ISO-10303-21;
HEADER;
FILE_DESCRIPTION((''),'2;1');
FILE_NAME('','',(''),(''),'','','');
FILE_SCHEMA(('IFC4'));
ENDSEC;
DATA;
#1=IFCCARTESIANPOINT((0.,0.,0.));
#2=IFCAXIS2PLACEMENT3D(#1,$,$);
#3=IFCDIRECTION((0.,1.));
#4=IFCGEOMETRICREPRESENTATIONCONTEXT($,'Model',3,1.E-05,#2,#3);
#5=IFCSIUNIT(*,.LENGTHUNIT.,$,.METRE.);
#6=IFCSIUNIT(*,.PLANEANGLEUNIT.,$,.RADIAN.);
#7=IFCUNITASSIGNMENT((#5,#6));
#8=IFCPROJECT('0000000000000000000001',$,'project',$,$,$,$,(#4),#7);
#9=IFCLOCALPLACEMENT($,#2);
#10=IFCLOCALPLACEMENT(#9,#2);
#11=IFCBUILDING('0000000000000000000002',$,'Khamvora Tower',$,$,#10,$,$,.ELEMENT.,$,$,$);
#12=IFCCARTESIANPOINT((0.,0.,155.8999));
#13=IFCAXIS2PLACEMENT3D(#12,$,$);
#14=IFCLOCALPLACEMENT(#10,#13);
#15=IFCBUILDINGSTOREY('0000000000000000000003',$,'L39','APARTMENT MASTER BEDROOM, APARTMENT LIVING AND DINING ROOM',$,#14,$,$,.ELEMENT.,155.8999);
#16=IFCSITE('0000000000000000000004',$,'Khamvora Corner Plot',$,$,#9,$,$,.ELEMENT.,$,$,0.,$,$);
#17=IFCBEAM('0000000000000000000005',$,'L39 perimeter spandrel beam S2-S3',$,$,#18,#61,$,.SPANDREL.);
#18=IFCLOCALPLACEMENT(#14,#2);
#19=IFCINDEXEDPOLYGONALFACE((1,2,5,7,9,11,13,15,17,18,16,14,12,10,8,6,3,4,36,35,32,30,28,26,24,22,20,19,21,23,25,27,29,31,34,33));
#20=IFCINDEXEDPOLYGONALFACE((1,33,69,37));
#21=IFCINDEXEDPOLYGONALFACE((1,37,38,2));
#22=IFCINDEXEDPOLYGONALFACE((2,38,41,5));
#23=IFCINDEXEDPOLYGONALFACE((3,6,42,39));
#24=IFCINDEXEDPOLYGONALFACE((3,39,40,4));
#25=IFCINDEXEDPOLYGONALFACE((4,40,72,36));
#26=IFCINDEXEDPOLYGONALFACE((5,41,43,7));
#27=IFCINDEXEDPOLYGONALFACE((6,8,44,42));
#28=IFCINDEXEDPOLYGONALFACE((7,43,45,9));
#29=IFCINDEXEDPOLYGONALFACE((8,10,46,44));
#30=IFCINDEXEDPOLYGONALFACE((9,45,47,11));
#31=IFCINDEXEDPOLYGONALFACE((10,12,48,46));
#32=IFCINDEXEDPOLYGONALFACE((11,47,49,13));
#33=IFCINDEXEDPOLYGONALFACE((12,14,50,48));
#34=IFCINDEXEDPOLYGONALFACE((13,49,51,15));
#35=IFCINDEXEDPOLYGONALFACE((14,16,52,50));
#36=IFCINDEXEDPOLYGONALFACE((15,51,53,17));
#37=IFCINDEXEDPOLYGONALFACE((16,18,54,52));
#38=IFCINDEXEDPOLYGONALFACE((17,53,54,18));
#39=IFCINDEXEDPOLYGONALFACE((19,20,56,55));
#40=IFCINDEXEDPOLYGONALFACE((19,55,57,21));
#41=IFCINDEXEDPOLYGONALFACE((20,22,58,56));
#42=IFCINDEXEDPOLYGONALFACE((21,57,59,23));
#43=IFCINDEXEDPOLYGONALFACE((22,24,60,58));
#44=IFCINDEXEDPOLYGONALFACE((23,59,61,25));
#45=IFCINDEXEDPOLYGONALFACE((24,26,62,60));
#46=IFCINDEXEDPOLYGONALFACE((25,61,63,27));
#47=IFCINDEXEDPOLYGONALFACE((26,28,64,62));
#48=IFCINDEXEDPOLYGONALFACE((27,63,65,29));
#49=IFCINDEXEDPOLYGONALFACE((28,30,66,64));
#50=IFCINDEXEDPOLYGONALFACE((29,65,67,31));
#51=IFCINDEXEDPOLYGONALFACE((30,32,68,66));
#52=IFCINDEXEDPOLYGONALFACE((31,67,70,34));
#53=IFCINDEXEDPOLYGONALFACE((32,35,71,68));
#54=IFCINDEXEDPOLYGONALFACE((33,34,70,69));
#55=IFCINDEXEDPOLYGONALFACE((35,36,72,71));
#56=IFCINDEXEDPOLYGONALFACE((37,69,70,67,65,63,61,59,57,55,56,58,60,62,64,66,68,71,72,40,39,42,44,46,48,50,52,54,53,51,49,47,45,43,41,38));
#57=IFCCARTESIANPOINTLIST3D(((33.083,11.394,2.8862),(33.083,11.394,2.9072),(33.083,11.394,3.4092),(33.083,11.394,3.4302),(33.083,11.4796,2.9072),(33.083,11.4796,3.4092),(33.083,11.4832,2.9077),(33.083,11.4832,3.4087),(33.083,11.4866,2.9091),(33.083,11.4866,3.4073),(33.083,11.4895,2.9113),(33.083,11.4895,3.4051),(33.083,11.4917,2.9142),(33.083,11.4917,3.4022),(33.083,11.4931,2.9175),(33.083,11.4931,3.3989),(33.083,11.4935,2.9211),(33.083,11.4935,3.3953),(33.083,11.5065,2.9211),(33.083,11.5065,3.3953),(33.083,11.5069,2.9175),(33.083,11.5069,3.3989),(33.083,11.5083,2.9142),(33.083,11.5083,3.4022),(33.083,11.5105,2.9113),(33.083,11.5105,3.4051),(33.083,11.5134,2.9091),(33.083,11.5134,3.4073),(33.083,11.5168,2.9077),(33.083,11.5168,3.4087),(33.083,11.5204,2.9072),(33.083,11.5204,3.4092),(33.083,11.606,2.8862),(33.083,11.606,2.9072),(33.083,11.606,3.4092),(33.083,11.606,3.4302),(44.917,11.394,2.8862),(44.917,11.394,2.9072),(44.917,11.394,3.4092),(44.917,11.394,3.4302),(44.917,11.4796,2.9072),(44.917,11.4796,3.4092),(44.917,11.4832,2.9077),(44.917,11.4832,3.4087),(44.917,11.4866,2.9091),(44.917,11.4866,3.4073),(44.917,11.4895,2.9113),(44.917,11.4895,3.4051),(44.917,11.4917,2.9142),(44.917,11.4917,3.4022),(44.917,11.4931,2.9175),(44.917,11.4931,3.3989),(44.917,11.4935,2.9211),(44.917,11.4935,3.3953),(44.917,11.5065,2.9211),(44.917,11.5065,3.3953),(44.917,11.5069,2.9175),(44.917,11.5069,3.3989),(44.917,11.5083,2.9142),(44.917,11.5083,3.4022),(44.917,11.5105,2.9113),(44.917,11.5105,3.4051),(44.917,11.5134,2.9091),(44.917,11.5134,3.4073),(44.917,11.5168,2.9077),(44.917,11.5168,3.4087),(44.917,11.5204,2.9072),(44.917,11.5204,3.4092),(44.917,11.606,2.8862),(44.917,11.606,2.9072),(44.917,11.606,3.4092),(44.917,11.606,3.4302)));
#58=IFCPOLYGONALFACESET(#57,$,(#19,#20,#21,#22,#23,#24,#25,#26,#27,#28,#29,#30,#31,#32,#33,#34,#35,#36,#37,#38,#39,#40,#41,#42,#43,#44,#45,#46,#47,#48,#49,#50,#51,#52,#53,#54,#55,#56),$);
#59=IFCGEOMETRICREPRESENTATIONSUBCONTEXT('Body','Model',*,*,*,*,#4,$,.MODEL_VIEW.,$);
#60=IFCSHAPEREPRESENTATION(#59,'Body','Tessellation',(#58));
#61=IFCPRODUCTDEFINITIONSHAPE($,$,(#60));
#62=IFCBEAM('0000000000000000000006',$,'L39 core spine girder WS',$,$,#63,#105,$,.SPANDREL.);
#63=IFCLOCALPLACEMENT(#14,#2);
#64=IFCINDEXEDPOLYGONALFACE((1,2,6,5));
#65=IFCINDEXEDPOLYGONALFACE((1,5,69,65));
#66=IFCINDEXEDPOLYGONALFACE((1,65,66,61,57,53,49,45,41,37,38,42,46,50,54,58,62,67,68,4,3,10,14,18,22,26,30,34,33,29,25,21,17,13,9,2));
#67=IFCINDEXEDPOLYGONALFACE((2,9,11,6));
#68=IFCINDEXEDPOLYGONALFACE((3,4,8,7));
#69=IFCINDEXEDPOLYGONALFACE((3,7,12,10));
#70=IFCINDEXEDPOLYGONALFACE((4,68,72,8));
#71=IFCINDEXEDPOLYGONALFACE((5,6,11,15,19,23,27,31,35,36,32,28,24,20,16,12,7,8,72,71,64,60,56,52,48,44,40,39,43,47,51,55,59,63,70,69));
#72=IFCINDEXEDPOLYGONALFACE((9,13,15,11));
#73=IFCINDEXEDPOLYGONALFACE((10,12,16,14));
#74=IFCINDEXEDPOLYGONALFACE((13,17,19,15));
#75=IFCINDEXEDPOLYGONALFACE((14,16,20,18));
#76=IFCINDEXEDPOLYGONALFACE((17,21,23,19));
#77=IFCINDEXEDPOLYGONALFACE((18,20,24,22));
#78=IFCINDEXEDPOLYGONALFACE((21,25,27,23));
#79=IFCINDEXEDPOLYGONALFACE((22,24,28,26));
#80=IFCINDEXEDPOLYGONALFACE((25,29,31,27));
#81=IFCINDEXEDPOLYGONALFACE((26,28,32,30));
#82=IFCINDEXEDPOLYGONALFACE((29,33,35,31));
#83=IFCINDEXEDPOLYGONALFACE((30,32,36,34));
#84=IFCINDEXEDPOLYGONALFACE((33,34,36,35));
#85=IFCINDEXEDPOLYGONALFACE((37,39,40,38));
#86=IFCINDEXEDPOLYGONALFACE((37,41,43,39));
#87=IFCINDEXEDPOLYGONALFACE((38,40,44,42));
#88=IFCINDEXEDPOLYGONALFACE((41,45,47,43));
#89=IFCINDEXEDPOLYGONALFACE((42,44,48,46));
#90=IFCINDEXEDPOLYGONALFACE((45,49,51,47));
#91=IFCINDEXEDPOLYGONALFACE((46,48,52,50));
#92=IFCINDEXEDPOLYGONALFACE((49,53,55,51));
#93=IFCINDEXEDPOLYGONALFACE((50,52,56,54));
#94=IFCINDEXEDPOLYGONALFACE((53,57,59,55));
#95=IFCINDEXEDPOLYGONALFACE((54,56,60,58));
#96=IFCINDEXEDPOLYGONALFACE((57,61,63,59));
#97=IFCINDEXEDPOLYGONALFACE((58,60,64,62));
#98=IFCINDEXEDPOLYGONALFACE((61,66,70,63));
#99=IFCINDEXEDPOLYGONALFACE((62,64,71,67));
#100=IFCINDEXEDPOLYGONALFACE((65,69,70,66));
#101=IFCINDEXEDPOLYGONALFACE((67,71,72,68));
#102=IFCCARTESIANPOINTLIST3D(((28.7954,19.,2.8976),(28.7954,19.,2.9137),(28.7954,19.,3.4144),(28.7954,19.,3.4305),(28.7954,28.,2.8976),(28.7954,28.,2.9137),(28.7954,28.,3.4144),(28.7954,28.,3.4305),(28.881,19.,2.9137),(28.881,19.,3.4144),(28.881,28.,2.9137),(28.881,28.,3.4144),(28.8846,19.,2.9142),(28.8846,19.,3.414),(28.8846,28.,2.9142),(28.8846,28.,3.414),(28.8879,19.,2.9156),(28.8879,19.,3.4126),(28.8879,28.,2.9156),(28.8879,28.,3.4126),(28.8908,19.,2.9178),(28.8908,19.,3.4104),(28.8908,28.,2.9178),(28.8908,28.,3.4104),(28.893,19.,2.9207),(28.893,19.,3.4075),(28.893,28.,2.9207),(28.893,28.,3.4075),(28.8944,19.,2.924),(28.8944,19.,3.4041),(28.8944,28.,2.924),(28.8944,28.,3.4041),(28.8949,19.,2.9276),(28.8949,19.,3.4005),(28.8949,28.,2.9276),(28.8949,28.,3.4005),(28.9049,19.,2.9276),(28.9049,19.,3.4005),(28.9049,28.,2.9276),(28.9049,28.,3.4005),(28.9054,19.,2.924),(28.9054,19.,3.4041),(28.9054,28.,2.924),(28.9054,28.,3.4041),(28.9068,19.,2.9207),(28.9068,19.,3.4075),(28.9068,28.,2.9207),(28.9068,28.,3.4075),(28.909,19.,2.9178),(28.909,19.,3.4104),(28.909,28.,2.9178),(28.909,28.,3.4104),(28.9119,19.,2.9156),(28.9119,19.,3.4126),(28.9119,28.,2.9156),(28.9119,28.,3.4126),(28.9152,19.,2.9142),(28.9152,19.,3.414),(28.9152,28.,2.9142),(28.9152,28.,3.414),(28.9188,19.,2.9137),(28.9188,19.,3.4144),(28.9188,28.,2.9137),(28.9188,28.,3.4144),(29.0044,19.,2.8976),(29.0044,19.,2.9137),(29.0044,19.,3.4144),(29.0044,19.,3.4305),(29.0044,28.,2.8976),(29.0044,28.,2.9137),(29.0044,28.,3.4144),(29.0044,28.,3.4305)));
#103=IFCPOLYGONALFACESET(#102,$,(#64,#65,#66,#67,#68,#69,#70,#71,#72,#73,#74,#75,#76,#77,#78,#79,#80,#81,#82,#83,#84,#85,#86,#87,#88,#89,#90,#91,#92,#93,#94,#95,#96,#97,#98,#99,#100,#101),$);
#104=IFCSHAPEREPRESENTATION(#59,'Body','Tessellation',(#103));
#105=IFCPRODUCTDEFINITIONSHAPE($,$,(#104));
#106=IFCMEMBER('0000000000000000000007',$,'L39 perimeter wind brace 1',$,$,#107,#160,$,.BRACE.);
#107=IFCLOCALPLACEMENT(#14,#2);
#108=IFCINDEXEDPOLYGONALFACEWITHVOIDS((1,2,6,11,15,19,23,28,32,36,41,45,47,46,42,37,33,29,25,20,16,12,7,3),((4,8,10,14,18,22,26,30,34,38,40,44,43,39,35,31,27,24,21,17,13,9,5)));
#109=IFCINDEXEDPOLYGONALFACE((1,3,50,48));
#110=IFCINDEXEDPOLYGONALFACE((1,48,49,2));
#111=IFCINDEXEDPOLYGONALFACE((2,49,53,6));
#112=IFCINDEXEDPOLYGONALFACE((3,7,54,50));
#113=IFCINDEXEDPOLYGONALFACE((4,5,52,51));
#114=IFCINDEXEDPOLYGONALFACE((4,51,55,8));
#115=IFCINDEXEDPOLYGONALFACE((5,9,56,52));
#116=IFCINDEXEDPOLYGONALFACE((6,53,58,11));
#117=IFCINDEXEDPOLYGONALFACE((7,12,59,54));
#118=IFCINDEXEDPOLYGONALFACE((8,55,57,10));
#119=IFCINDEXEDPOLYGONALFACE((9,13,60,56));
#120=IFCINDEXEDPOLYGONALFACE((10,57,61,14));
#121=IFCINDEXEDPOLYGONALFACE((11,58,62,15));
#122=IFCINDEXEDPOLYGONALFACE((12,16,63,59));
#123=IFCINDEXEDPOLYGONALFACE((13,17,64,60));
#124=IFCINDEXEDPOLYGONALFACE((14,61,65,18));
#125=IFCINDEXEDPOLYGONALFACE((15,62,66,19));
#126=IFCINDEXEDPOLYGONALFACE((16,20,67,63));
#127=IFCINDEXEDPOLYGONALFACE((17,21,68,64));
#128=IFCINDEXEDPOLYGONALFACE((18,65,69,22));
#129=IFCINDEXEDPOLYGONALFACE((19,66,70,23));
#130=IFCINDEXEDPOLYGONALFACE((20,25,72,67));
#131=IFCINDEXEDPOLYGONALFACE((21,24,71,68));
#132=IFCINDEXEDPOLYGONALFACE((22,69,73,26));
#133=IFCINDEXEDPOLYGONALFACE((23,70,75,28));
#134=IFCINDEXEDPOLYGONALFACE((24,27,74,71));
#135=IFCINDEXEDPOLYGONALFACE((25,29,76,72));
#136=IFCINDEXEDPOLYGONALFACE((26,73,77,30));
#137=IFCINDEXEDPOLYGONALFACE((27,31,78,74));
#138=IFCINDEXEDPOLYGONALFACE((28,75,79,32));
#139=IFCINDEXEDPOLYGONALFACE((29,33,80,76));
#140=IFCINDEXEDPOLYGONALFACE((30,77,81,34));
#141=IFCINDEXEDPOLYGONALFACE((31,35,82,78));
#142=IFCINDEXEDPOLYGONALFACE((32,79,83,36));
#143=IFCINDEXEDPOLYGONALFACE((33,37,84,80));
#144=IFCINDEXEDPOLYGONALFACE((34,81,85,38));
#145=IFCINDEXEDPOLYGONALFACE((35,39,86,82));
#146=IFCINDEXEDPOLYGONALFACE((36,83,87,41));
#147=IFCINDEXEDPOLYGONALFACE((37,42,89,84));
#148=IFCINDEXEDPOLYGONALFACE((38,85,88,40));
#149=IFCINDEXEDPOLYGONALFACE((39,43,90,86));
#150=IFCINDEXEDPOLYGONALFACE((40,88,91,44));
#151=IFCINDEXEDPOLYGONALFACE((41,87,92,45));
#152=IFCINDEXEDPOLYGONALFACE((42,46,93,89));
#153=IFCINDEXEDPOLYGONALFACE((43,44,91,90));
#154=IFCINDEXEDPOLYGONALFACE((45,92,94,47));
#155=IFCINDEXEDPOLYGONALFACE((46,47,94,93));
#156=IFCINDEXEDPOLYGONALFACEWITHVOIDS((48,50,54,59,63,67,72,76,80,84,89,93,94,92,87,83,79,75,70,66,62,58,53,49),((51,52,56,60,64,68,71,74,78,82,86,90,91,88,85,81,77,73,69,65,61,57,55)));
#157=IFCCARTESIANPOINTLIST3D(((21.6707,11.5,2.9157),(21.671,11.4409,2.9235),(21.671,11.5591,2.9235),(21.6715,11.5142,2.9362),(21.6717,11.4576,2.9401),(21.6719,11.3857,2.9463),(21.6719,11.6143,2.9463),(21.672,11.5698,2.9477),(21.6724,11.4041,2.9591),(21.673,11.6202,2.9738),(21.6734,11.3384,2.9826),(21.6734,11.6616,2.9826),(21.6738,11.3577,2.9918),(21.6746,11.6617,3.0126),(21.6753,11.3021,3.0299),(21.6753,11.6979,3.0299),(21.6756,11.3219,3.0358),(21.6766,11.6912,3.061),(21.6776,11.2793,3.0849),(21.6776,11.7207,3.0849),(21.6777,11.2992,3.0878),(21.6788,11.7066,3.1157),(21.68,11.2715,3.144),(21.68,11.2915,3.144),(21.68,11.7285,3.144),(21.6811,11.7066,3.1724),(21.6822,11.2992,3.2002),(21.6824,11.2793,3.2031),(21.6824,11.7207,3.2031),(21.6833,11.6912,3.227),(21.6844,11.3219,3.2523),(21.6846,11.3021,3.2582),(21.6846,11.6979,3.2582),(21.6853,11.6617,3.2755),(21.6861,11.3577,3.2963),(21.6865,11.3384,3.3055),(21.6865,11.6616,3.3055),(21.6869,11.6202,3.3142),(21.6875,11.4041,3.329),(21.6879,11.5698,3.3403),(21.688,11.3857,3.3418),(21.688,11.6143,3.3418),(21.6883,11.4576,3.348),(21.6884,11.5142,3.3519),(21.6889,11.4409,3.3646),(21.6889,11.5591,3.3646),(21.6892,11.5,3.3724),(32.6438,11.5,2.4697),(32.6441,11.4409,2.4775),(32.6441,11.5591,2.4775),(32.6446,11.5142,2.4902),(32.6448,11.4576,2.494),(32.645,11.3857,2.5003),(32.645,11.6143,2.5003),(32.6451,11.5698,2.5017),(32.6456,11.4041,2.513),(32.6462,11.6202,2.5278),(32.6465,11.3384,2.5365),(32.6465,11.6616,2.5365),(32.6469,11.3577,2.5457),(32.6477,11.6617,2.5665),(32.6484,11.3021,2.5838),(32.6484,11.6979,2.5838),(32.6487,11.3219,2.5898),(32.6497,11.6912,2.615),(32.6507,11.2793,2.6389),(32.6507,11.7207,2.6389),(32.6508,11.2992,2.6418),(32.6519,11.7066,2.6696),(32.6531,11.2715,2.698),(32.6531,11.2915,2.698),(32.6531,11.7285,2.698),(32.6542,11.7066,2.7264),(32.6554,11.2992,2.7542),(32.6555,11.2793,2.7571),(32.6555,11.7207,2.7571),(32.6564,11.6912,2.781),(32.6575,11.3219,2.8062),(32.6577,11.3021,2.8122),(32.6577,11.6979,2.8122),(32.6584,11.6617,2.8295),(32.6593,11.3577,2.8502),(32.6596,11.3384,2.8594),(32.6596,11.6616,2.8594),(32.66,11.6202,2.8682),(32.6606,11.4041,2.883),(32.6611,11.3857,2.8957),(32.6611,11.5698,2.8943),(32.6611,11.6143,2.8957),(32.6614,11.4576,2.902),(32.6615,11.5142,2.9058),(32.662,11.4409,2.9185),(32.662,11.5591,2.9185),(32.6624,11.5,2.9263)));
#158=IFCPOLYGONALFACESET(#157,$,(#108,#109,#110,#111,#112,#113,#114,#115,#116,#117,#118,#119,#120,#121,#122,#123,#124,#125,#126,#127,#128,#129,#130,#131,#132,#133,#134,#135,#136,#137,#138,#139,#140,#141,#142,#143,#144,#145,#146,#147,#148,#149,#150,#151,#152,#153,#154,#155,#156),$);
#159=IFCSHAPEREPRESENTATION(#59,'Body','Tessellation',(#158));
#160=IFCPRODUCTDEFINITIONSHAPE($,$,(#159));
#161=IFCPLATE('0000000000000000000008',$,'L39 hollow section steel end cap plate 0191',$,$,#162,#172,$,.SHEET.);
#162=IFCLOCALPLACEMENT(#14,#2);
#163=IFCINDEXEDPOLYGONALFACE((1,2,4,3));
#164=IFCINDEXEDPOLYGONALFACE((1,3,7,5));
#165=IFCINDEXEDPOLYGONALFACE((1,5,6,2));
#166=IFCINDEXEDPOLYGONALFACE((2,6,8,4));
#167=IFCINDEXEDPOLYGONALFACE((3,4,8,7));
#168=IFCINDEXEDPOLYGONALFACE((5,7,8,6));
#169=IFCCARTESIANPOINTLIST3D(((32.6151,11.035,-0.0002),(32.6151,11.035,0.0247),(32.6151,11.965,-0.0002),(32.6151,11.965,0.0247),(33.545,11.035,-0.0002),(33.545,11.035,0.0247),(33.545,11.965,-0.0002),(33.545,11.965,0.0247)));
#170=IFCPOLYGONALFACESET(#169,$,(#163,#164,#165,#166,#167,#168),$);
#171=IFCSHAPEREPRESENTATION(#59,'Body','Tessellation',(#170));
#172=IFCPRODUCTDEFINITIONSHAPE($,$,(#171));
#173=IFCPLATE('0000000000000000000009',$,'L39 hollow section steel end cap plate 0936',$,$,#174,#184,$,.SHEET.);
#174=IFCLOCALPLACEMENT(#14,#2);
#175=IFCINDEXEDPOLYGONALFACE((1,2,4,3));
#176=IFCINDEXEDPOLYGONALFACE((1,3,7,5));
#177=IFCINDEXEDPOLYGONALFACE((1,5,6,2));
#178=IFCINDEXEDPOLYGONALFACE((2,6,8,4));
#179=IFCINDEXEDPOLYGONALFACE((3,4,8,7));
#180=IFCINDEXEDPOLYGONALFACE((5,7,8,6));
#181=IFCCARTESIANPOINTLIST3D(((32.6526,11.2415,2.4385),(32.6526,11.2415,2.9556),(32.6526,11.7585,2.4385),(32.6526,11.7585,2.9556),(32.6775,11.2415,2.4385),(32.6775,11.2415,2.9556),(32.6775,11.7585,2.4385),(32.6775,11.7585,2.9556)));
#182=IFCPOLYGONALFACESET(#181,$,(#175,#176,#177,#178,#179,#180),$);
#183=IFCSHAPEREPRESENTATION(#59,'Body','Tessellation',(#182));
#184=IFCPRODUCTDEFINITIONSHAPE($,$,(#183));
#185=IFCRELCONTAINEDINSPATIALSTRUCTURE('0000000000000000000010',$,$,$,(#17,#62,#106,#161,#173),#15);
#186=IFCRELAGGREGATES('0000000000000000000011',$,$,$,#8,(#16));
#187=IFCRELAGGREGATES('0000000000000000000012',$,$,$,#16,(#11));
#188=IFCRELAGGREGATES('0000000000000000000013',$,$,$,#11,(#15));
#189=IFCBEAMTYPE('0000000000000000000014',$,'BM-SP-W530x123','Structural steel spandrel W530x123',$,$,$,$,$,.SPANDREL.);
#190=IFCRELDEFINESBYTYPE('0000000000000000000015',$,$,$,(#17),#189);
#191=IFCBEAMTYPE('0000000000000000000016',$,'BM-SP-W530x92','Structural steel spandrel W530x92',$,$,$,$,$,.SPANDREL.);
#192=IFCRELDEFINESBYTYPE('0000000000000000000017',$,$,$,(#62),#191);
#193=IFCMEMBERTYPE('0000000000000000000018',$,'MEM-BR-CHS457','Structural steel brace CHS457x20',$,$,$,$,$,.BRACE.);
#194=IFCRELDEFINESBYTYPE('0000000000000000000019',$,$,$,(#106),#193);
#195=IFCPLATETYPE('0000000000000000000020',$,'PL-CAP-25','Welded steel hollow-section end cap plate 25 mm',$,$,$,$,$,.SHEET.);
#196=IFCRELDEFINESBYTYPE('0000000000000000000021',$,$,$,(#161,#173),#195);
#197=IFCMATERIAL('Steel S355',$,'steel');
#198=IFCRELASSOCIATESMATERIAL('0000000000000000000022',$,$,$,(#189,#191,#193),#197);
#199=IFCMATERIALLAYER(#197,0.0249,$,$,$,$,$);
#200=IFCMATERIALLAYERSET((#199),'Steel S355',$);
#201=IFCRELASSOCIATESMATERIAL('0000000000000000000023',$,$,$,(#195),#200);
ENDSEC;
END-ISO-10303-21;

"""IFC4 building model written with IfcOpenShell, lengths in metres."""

from ifc_helpers import new_model, si_unit, direction, frame, origin, origin_2d, place, context, subcontext, project, spatial, rectangle, hollow_circle, i_section, extrude, material, layer, layer_set, material_profile, profile_set, type_object, element, save


model = new_model("IFC4")

# Units and contexts
model_context = context("Model", 3, precision=1e-05, world=origin(), true_north=direction((0.0, 1.0)))
body_context = subcontext(model_context, "Body", "Model", "MODEL_VIEW")
ifc_project = project(units=[si_unit("LENGTHUNIT", "METRE"), si_unit("PLANEANGLEUNIT", "RADIAN")], contexts=[model_context])

# Site, building, storey
site_placement = place(None, origin())
site = spatial("IfcSite", under=ifc_project, at=site_placement, Name="Khamvora Corner Plot", CompositionType="ELEMENT", RefElevation=0.0)
building_placement = place(site_placement, origin())
building = spatial("IfcBuilding", under=site, at=building_placement, Name="Khamvora Tower", CompositionType="ELEMENT")
storey_placement = place(building_placement, frame((0.0, 0.0, 155.8999)))
storey = spatial("IfcBuildingStorey", under=building, at=storey_placement, Name="L39", Description="APARTMENT MASTER BEDROOM, APARTMENT LIVING AND DINING ROOM", CompositionType="ELEMENT", Elevation=155.8999)

# Shared definitions
ifc_material_1 = material(Name="Steel S355", Category="steel")

# Beams
ifc_material_profile_1 = material_profile(ifc_material_1, i_section(OverallWidth=0.2119, OverallDepth=0.5439, WebThickness=0.0129, FlangeThickness=0.021, FilletRadius=0.0139, at=origin_2d()), Name="W530x123")
ifc_profile_set_1 = profile_set([ifc_material_profile_1], Name="Steel S355")
beam_type_1 = type_object("IfcBeamType", Name="BM-SP-W530x123", Description="Structural steel spandrel W530x123", PredefinedType="SPANDREL", material=ifc_profile_set_1)
beam_1_placement = place(storey_placement, frame((33.083, 11.5, 3.1582), z_axis=(1.0, 0.0, 0.0), x_axis=(0.0, 1.0, 0.0)))
element("IfcBeam", 1, at=beam_1_placement, inside=storey, type_object=beam_type_1, Name="L39 perimeter spandrel beam S2-S3", PredefinedType="SPANDREL", context=body_context, shape_type="SweptSolid", body=[
    extrude(i_section(OverallWidth=0.2119, OverallDepth=0.5439, WebThickness=0.0129, FlangeThickness=0.021, FilletRadius=0.0139, at=origin_2d()), origin(), (0.0, 0.0, 1.0), 11.834),
])
ifc_material_profile_2 = material_profile(ifc_material_1, i_section(OverallWidth=0.209, OverallDepth=0.533, WebThickness=0.01, FlangeThickness=0.0161, FilletRadius=0.0139, at=origin_2d()), Name="W530x92")
ifc_profile_set_2 = profile_set([ifc_material_profile_2], Name="Steel S355")
beam_type_2 = type_object("IfcBeamType", Name="BM-SP-W530x92", Description="Structural steel spandrel W530x92", PredefinedType="SPANDREL", material=ifc_profile_set_2)
beam_2_placement = place(storey_placement, frame((28.8999, 19.0, 3.1641), z_axis=(0.0, 1.0, 0.0), x_axis=(-1.0, 0.0, 0.0)))
element("IfcBeam", 2, at=beam_2_placement, inside=storey, type_object=beam_type_2, Name="L39 core spine girder WS", PredefinedType="SPANDREL", context=body_context, shape_type="SweptSolid", body=[
    extrude(i_section(OverallWidth=0.209, OverallDepth=0.533, WebThickness=0.01, FlangeThickness=0.0161, FilletRadius=0.0139, at=origin_2d()), origin(), (0.0, 0.0, 1.0), 9.0),
])

# Member
ifc_material_profile_3 = material_profile(ifc_material_1, hollow_circle(Radius=0.2285, WallThickness=0.02, at=origin_2d()), Name="CHS457x20")
ifc_profile_set_3 = profile_set([ifc_material_profile_3], Name="Steel S355")
member_type = type_object("IfcMemberType", Name="MEM-BR-CHS457", Description="Structural steel brace CHS457x20", PredefinedType="BRACE", material=ifc_profile_set_3)
member_placement = place(storey_placement, frame((32.6531, 11.5, 2.698), z_axis=(-0.999175, 0.0, 0.040615), x_axis=(0.0, -1.0, 0.0)))
element("IfcMember", 3, at=member_placement, inside=storey, type_object=member_type, Name="L39 perimeter wind brace 1", PredefinedType="BRACE", context=body_context, shape_type="SweptSolid", body=[
    extrude(hollow_circle(Radius=0.2285, WallThickness=0.02, at=origin_2d()), origin(), (0.0, 0.0, 1.0), 10.9822),
])

# Plates
ifc_layer_1 = layer(ifc_material_1, 0.0249)
ifc_layer_set_1 = layer_set([ifc_layer_1], Name="Steel S355")
plate_type_1 = type_object("IfcPlateType", Name="PL-CAP-25", Description="Welded steel hollow-section end cap plate 25 mm", PredefinedType="SHEET", material=ifc_layer_set_1)
plate_1_placement = place(storey_placement, frame((33.0801, 11.5, -0.0002), z_axis=(0.0, 0.0, 1.0), x_axis=(1.0, 0.0, 0.0)))
element("IfcPlate", 4, at=plate_1_placement, inside=storey, type_object=plate_type_1, Name="L39 hollow section steel end cap plate 0191", PredefinedType="SHEET", context=body_context, shape_type="SweptSolid", body=[
    extrude(rectangle(XDim=0.9299, YDim=0.9299, at=origin_2d()), origin(), (0.0, 0.0, 1.0), 0.0249),
])
plate_2_placement = place(storey_placement, frame((32.665, 11.5, 2.4385), z_axis=(0.0, 0.0, 1.0), x_axis=(-1.0, 0.0, 0.0)))
element("IfcPlate", 5, at=plate_2_placement, inside=storey, type_object=plate_type_1, Name="L39 hollow section steel end cap plate 0936", PredefinedType="SHEET", context=body_context, shape_type="SweptSolid", body=[
    extrude(rectangle(XDim=0.0249, YDim=0.5171, at=origin_2d()), origin(), (0.0, 0.0, 1.0), 0.5171),
])

save(model, "model.ifc")
